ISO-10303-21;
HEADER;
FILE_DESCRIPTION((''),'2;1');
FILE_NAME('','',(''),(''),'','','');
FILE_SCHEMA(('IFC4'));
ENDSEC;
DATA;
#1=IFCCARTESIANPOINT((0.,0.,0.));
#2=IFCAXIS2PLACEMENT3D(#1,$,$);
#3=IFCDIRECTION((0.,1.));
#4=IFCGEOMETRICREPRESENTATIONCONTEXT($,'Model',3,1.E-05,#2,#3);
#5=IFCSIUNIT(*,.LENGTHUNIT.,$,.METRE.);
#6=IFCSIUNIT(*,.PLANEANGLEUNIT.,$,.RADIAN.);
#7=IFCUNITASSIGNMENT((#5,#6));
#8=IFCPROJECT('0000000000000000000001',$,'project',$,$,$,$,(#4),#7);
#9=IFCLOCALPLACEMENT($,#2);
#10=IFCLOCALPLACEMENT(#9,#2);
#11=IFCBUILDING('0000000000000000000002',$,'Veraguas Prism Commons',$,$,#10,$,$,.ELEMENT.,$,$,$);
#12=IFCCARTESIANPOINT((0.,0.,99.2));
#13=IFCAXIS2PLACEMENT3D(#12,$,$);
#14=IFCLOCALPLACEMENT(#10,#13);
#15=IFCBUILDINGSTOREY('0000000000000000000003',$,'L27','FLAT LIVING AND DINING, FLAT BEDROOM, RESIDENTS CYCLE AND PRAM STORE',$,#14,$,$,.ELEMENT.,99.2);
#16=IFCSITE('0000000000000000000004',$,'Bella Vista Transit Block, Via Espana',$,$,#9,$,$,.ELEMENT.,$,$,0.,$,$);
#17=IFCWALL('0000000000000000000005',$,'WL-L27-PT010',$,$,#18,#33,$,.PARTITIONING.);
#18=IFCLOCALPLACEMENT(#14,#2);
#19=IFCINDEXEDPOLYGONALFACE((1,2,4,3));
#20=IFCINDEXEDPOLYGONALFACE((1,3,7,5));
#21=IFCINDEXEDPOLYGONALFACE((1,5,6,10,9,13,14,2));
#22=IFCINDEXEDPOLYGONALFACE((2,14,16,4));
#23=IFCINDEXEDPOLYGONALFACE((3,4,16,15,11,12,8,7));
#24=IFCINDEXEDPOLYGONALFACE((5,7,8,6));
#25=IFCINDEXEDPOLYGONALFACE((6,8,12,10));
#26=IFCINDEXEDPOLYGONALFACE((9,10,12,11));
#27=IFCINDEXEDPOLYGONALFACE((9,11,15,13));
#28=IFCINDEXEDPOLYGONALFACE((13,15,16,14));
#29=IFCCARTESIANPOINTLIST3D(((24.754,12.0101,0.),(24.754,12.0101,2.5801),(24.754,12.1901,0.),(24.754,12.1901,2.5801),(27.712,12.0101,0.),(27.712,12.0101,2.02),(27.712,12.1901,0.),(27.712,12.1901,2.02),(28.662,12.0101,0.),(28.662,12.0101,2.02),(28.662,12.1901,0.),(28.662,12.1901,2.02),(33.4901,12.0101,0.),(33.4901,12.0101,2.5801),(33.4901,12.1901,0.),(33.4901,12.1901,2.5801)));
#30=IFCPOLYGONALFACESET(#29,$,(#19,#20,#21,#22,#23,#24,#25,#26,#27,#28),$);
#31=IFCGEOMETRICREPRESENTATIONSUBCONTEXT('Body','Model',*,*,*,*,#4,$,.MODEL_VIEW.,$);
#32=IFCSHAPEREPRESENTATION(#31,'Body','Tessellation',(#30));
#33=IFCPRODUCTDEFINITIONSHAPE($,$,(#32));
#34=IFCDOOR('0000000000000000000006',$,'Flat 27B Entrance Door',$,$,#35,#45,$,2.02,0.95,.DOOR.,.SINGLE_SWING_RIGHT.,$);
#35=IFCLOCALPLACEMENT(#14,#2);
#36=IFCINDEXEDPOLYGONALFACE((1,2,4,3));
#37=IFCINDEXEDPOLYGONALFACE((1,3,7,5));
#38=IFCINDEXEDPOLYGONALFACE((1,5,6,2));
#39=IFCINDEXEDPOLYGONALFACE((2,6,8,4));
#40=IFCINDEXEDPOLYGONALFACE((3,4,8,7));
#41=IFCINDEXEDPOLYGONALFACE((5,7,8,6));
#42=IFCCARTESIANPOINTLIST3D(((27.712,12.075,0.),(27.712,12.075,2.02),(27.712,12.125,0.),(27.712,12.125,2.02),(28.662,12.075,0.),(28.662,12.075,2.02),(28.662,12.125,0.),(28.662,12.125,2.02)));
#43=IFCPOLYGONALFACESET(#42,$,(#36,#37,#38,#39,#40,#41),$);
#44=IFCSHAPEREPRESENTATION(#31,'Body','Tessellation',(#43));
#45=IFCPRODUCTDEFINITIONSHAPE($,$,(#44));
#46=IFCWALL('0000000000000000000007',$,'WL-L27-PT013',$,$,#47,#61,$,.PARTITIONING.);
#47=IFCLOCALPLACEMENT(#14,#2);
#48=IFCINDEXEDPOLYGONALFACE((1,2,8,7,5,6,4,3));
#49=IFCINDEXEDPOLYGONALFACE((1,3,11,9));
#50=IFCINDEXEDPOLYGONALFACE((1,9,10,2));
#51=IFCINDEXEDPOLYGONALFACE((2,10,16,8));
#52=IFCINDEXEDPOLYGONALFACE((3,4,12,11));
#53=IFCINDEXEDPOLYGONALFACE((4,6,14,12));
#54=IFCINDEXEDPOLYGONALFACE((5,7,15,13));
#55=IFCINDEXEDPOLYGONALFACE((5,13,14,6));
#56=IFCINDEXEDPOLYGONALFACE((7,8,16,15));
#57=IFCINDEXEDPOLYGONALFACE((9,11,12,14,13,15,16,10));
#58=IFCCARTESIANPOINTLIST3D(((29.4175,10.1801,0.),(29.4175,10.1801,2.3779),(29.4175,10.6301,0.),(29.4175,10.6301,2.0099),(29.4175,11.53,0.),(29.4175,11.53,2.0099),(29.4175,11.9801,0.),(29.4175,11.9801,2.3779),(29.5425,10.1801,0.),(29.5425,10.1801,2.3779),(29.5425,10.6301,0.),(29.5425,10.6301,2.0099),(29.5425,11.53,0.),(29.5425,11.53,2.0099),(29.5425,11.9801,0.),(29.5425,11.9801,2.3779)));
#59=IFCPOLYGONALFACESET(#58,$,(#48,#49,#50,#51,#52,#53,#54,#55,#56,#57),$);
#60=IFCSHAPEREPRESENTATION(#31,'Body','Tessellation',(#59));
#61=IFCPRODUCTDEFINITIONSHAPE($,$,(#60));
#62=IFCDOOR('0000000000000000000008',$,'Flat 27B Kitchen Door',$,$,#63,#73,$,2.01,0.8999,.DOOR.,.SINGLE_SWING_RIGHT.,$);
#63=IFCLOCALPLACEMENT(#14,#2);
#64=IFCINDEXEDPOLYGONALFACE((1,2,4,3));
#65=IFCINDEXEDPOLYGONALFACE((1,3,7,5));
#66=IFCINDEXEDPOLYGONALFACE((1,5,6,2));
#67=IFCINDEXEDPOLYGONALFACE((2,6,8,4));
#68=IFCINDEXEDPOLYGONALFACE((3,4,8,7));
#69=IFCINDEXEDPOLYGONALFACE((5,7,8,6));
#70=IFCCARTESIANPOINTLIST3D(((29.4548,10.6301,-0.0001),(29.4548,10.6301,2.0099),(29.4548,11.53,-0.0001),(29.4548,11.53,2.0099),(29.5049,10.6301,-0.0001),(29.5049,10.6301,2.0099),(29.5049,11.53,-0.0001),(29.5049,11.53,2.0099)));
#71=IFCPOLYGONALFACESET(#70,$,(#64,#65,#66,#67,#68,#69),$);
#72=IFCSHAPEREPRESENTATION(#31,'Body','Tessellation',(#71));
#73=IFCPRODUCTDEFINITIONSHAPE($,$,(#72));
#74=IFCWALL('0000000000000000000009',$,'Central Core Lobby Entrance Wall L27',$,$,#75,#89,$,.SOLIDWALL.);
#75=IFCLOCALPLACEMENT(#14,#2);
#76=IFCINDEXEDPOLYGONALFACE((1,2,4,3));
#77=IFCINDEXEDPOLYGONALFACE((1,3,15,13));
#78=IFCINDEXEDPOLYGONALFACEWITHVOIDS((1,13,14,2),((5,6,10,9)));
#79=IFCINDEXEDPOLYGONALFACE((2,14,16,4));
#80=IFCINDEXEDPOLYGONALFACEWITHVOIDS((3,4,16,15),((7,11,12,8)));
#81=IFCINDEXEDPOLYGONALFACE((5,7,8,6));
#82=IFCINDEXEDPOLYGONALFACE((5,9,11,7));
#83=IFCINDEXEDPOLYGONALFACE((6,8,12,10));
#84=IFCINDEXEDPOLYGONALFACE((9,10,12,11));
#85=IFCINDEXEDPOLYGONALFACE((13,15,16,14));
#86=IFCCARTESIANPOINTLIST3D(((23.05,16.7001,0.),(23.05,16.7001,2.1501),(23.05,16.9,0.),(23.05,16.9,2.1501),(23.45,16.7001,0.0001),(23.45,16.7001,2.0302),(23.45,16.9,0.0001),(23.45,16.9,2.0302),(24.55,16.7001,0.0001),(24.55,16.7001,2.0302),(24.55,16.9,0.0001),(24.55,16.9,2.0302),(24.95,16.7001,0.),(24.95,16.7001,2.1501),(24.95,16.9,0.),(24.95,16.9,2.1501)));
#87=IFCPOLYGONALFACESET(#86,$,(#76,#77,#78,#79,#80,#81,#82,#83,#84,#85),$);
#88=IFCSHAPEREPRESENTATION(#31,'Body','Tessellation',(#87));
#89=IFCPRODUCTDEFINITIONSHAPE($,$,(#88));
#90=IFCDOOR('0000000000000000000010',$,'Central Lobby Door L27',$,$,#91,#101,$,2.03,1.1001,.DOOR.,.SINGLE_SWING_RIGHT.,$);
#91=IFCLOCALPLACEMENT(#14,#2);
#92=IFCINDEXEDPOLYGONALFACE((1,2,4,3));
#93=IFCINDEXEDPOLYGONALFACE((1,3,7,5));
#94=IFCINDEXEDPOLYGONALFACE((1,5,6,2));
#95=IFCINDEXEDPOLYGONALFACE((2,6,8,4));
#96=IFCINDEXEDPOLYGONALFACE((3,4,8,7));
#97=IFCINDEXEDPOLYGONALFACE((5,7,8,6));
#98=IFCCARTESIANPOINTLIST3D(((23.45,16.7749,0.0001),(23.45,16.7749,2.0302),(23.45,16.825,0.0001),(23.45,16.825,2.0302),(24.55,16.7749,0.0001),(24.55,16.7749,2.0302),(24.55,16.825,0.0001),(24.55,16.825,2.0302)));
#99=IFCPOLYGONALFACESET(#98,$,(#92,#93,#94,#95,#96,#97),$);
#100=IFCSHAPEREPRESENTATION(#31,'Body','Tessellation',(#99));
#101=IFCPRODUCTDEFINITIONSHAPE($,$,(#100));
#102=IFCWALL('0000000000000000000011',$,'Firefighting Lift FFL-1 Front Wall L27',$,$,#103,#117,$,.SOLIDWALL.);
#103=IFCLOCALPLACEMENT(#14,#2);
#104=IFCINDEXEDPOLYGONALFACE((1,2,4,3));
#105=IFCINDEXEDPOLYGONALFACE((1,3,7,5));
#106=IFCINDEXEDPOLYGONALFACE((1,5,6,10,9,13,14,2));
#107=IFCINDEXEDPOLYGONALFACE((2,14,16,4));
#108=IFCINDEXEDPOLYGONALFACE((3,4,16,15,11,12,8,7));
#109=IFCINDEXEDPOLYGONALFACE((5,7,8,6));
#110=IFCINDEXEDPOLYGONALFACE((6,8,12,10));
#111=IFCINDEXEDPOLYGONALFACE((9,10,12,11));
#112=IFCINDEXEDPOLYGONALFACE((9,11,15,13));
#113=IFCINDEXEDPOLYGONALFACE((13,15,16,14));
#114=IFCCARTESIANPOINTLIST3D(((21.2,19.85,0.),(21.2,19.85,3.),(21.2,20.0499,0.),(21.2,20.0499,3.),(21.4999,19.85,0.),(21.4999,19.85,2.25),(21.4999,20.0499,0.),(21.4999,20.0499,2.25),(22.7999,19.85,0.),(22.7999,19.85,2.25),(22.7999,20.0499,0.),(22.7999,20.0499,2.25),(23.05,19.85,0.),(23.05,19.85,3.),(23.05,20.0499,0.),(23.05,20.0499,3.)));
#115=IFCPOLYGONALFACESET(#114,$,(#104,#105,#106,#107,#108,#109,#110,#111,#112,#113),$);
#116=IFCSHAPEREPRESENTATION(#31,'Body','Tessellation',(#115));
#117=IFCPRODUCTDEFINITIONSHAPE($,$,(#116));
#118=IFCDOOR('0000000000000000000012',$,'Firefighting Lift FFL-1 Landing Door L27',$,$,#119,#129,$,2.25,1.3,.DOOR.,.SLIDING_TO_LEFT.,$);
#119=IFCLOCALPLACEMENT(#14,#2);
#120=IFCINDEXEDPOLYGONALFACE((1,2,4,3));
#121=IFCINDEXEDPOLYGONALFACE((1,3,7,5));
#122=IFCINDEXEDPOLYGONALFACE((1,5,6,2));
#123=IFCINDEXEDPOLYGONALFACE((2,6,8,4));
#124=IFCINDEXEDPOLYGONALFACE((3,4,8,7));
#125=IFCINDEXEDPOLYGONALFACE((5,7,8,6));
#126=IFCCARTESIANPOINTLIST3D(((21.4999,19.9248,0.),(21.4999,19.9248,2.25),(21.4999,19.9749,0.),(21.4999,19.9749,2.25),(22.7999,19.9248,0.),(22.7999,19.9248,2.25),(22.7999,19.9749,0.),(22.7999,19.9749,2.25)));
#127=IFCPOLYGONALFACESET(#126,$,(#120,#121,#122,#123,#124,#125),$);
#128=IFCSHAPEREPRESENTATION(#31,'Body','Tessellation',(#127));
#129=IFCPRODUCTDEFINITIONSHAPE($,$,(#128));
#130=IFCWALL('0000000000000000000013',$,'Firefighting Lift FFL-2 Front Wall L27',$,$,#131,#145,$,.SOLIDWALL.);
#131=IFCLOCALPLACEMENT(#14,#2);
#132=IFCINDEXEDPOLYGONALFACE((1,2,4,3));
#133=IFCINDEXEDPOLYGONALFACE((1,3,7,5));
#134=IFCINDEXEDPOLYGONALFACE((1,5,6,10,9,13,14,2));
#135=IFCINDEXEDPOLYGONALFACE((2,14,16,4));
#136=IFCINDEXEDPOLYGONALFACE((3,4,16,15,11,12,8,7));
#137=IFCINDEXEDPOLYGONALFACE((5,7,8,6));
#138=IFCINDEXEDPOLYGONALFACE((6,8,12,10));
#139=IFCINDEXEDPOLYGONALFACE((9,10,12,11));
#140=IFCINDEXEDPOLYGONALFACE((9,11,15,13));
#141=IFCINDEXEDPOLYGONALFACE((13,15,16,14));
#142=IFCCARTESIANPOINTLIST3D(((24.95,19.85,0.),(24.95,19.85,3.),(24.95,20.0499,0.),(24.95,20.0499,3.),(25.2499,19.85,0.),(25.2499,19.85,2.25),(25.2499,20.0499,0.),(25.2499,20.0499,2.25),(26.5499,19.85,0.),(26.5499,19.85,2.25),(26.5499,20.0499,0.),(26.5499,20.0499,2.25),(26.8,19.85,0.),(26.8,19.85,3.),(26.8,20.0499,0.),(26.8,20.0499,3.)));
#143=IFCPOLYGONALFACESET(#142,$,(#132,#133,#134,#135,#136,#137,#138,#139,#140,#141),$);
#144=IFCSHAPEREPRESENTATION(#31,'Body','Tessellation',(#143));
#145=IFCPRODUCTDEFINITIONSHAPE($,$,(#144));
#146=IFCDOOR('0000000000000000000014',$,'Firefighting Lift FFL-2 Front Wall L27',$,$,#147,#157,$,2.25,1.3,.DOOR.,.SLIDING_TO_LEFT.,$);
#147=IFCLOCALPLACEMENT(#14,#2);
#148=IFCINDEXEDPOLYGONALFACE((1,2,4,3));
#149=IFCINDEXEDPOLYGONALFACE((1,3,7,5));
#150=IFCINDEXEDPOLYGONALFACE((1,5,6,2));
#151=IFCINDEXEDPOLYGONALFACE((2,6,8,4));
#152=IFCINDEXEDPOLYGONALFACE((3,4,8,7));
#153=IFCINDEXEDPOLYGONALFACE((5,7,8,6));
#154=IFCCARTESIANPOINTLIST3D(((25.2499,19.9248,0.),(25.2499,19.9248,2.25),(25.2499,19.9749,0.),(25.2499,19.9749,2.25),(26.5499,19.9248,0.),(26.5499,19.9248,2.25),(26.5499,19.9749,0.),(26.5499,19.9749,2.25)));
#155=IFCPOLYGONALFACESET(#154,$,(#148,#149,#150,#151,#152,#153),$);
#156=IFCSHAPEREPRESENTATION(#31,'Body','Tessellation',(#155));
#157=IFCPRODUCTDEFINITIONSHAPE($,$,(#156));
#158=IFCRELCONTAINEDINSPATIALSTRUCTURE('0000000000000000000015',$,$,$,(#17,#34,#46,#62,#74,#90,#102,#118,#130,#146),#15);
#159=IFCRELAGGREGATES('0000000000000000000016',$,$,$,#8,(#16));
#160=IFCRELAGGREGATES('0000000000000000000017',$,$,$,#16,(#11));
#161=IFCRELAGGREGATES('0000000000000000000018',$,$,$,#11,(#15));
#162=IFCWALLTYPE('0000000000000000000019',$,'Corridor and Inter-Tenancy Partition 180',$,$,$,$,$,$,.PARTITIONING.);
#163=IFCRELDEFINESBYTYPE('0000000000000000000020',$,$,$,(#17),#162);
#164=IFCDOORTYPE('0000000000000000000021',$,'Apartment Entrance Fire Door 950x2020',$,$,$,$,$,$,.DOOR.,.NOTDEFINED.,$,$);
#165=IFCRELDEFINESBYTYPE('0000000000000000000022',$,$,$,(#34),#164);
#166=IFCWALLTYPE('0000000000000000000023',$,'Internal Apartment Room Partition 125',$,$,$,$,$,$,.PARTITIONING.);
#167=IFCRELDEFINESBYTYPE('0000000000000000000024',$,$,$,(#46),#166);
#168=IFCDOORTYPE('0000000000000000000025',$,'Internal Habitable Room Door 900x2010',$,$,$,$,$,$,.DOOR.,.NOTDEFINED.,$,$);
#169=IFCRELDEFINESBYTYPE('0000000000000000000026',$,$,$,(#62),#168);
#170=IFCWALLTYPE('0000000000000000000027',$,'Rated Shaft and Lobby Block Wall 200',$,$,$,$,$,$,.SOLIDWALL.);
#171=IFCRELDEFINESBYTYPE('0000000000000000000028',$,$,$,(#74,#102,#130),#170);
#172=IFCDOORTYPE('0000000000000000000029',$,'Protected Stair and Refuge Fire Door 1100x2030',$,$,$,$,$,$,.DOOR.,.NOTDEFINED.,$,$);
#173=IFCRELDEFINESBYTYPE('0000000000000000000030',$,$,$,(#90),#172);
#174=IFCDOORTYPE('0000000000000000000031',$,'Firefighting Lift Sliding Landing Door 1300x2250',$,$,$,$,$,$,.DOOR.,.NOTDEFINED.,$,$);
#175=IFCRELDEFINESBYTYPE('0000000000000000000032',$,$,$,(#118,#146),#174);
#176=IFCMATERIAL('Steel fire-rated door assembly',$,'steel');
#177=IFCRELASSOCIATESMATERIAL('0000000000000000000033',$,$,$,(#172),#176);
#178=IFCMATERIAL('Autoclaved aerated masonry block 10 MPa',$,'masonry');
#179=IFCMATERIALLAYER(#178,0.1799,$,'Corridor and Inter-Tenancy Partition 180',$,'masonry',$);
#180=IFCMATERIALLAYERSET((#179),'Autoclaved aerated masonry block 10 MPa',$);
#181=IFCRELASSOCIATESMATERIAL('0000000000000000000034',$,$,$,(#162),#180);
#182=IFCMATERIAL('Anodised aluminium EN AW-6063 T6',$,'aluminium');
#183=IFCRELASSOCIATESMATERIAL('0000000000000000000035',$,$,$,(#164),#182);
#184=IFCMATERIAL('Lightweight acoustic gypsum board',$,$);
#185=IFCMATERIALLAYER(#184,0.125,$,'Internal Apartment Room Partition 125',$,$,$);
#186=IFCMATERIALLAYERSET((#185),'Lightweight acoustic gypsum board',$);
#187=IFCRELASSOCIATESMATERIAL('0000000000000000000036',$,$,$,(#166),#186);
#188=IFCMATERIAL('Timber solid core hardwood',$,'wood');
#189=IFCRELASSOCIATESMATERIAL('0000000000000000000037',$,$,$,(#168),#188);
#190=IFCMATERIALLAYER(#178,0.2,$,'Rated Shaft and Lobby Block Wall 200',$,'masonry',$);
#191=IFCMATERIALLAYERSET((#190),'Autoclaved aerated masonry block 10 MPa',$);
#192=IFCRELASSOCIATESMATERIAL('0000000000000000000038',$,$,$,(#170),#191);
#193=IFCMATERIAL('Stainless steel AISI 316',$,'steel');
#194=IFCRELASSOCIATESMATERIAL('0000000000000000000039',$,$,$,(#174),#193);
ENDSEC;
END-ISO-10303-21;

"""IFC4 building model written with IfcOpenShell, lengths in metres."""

from ifc_helpers import new_model, si_unit, direction, frame, frame_2d, origin, place, context, subcontext, project, spatial, rectangle, extrude, source, transform, mapped, material, layer, layer_set, type_object, element, fill, save


model = new_model("IFC4")

# Units and contexts
model_context = context("Model", 3, precision=1e-05, world=origin(), true_north=direction((0.0, 1.0)))
body_context = subcontext(model_context, "Body", "Model", "MODEL_VIEW")
ifc_project = project(units=[si_unit("LENGTHUNIT", "METRE"), si_unit("PLANEANGLEUNIT", "RADIAN")], contexts=[model_context])

# Site, building, storey
site_placement = place(None, origin())
site = spatial("IfcSite", under=ifc_project, at=site_placement, Name="Bella Vista Transit Block, Via Espana", CompositionType="ELEMENT", RefElevation=0.0)
building_placement = place(site_placement, origin())
building = spatial("IfcBuilding", under=site, at=building_placement, Name="Veraguas Prism Commons", CompositionType="ELEMENT")
storey_placement = place(building_placement, frame((0.0, 0.0, 99.2)))
storey = spatial("IfcBuildingStorey", under=building, at=storey_placement, Name="L27", Description="FLAT LIVING AND DINING, FLAT BEDROOM, RESIDENTS CYCLE AND PRAM STORE", CompositionType="ELEMENT", Elevation=99.2)

# Shared definitions
ifc_material_1 = material(Name="Steel fire-rated door assembly", Category="steel")
door_type_1 = type_object("IfcDoorType", Name="Protected Stair and Refuge Fire Door 1100x2030", OperationType="NOTDEFINED", PredefinedType="DOOR", material=ifc_material_1)
shared_shape_1 = source(origin(), body_context, "Body", "SweptSolid", [
    extrude(rectangle(XDim=1.1001, YDim=2.03, at=frame_2d((0.55, 1.0151))), frame((0.0, 0.0249, 0.0), z_axis=(0.0, -1.0, 0.0), x_axis=(1.0, 0.0, 0.0)), (0.0, 0.0, 1.0), 0.05),
])

# Shared definitions
ifc_material_2 = material(Name="Autoclaved aerated masonry block 10 MPa", Category="masonry")
ifc_layer_1 = layer(ifc_material_2, 0.1799, Name="Corridor and Inter-Tenancy Partition 180", Category="masonry")
ifc_layer_set_1 = layer_set([ifc_layer_1], Name="Autoclaved aerated masonry block 10 MPa")
wall_type_1 = type_object("IfcWallType", Name="Corridor and Inter-Tenancy Partition 180", PredefinedType="PARTITIONING", material=ifc_layer_set_1)

# Walls, openings, doors
wall_1_placement = place(storey_placement, frame((24.7539, 12.1001, 0.0), z_axis=(0.0, 0.0, 1.0), x_axis=(1.0, 0.0, 0.0)))
wall_1 = element("IfcWall", 1, at=wall_1_placement, inside=storey, type_object=wall_type_1, Name="WL-L27-PT010", PredefinedType="PARTITIONING", context=body_context, shape_type="SweptSolid", body=[
    extrude(rectangle(XDim=8.7361, YDim=0.1799, at=frame_2d((4.3682, 0.0))), origin(), (0.0, 0.0, 1.0), 2.5801),
])
opening_1_placement = place(wall_1_placement, frame((2.958, 0.0, 0.0)))
opening_1 = element("IfcOpeningElement", 2, at=opening_1_placement, cuts=wall_1, PredefinedType="OPENING", context=body_context, shape_type="SweptSolid", body=[
    extrude(rectangle(XDim=0.95, YDim=2.02, at=frame_2d((0.4751, 1.01))), frame((0.0, 0.0999, 0.0), z_axis=(0.0, -1.0, 0.0), x_axis=(1.0, 0.0, 0.0)), (0.0, 0.0, 1.0), 0.2),
])
ifc_material_3 = material(Name="Anodised aluminium EN AW-6063 T6", Category="aluminium")
door_type_2 = type_object("IfcDoorType", Name="Apartment Entrance Fire Door 950x2020", OperationType="NOTDEFINED", PredefinedType="DOOR", material=ifc_material_3)
shared_shape_2 = source(origin(), body_context, "Body", "SweptSolid", [
    extrude(rectangle(XDim=0.95, YDim=2.02, at=frame_2d((0.4751, 1.01))), frame((0.0, 0.0249, 0.0), z_axis=(0.0, -1.0, 0.0), x_axis=(1.0, 0.0, 0.0)), (0.0, 0.0, 1.0), 0.05),
])
door_1_placement = place(opening_1_placement, origin())
door_1 = element("IfcDoor", 3, at=door_1_placement, inside=storey, type_object=door_type_2, Name="Flat 27B Entrance Door", OperationType="SINGLE_SWING_RIGHT", OverallHeight=2.02, OverallWidth=0.95, PredefinedType="DOOR", context=body_context, shape_type="MappedRepresentation", body=[
    mapped(shared_shape_2, transform((0.0, 0.0, 0.0), scale=1.0)),
])
fill(opening_1, door_1)
ifc_material_4 = material(Name="Lightweight acoustic gypsum board")
ifc_layer_2 = layer(ifc_material_4, 0.125, Name="Internal Apartment Room Partition 125")
ifc_layer_set_2 = layer_set([ifc_layer_2], Name="Lightweight acoustic gypsum board")
wall_type_2 = type_object("IfcWallType", Name="Internal Apartment Room Partition 125", PredefinedType="PARTITIONING", material=ifc_layer_set_2)
wall_2_placement = place(storey_placement, frame((29.48, 11.98, 0.0), z_axis=(0.0, 0.0, 1.0), x_axis=(0.0, -1.0, 0.0)))
wall_2 = element("IfcWall", 4, at=wall_2_placement, inside=storey, type_object=wall_type_2, Name="WL-L27-PT013", PredefinedType="PARTITIONING", context=body_context, shape_type="SweptSolid", body=[
    extrude(rectangle(XDim=1.8, YDim=0.125, at=frame_2d((0.8999, 0.0))), origin(), (0.0, 0.0, 1.0), 2.3779),
])
opening_2_placement = place(wall_2_placement, frame((0.45, 0.0, 0.0)))
opening_2 = element("IfcOpeningElement", 5, at=opening_2_placement, cuts=wall_2, PredefinedType="OPENING", context=body_context, shape_type="SweptSolid", body=[
    extrude(rectangle(XDim=0.8999, YDim=2.01, at=frame_2d((0.45, 1.0049))), frame((0.0, 0.0725, 0.0), z_axis=(0.0, -1.0, 0.0), x_axis=(1.0, 0.0, 0.0)), (0.0, 0.0, 1.0), 0.145),
])
ifc_material_5 = material(Name="Timber solid core hardwood", Category="wood")
door_type_3 = type_object("IfcDoorType", Name="Internal Habitable Room Door 900x2010", OperationType="NOTDEFINED", PredefinedType="DOOR", material=ifc_material_5)
shared_shape_3 = source(origin(), body_context, "Body", "SweptSolid", [
    extrude(rectangle(XDim=0.8999, YDim=2.01, at=frame_2d((0.45, 1.0049))), frame((0.0, 0.0249, 0.0), z_axis=(0.0, -1.0, 0.0), x_axis=(1.0, 0.0, 0.0)), (0.0, 0.0, 1.0), 0.05),
])
door_2_placement = place(opening_2_placement, origin())
door_2 = element("IfcDoor", 6, at=door_2_placement, inside=storey, type_object=door_type_3, Name="Flat 27B Kitchen Door", OperationType="SINGLE_SWING_RIGHT", OverallHeight=2.01, OverallWidth=0.8999, PredefinedType="DOOR", context=body_context, shape_type="MappedRepresentation", body=[
    mapped(shared_shape_3, transform((0.0, 0.0, 0.0), scale=1.0)),
])
fill(opening_2, door_2)
ifc_layer_3 = layer(ifc_material_2, 0.2, Name="Rated Shaft and Lobby Block Wall 200", Category="masonry")
ifc_layer_set_3 = layer_set([ifc_layer_3], Name="Autoclaved aerated masonry block 10 MPa")
wall_type_3 = type_object("IfcWallType", Name="Rated Shaft and Lobby Block Wall 200", PredefinedType="SOLIDWALL", material=ifc_layer_set_3)
wall_3_placement = place(storey_placement, frame((23.05, 16.8, 0.0), z_axis=(0.0, 0.0, 1.0), x_axis=(1.0, 0.0, 0.0)))
wall_3 = element("IfcWall", 7, at=wall_3_placement, inside=storey, type_object=wall_type_3, Name="Central Core Lobby Entrance Wall L27", PredefinedType="SOLIDWALL", context=body_context, shape_type="SweptSolid", body=[
    extrude(rectangle(XDim=1.8999, YDim=0.2, at=frame_2d((0.95, 0.0))), origin(), (0.0, 0.0, 1.0), 2.1501),
])
opening_3_placement = place(wall_3_placement, frame((0.3999, 0.0, 0.0)))
opening_3 = element("IfcOpeningElement", 8, at=opening_3_placement, cuts=wall_3, PredefinedType="OPENING", context=body_context, shape_type="SweptSolid", body=[
    extrude(rectangle(XDim=1.1001, YDim=2.03, at=frame_2d((0.55, 1.0151))), frame((0.0, 0.1099, 0.0), z_axis=(0.0, -1.0, 0.0), x_axis=(1.0, 0.0, 0.0)), (0.0, 0.0, 1.0), 0.22),
])
door_3_placement = place(opening_3_placement, origin())
door_3 = element("IfcDoor", 9, at=door_3_placement, inside=storey, type_object=door_type_1, Name="Central Lobby Door L27", OperationType="SINGLE_SWING_RIGHT", OverallHeight=2.03, OverallWidth=1.1001, PredefinedType="DOOR", context=body_context, shape_type="MappedRepresentation", body=[
    mapped(shared_shape_1, transform((0.0, 0.0, 0.0), scale=1.0)),
])
fill(opening_3, door_3)
wall_4_placement = place(storey_placement, frame((21.2, 19.95, 0.0), z_axis=(0.0, 0.0, 1.0), x_axis=(1.0, 0.0, 0.0)))
wall_4 = element("IfcWall", 10, at=wall_4_placement, inside=storey, type_object=wall_type_3, Name="Firefighting Lift FFL-1 Front Wall L27", PredefinedType="SOLIDWALL", context=body_context, shape_type="SweptSolid", body=[
    extrude(rectangle(XDim=1.8501, YDim=0.2, at=frame_2d((0.925, 0.0))), origin(), (0.0, 0.0, 1.0), 3.0),
])
opening_4_placement = place(wall_4_placement, frame((0.3, 0.0, 0.0)))
opening_4 = element("IfcOpeningElement", 11, at=opening_4_placement, cuts=wall_4, PredefinedType="OPENING", context=body_context, shape_type="SweptSolid", body=[
    extrude(rectangle(XDim=1.3, YDim=2.25, at=frame_2d((0.6499, 1.125))), frame((0.0, 0.1099, 0.0), z_axis=(0.0, -1.0, 0.0), x_axis=(1.0, 0.0, 0.0)), (0.0, 0.0, 1.0), 0.22),
])
ifc_material_6 = material(Name="Stainless steel AISI 316", Category="steel")
door_type_4 = type_object("IfcDoorType", Name="Firefighting Lift Sliding Landing Door 1300x2250", OperationType="NOTDEFINED", PredefinedType="DOOR", material=ifc_material_6)
shared_shape_4 = source(origin(), body_context, "Body", "SweptSolid", [
    extrude(rectangle(XDim=1.3, YDim=2.25, at=frame_2d((0.6499, 1.125))), frame((0.0, 0.0249, 0.0), z_axis=(0.0, -1.0, 0.0), x_axis=(1.0, 0.0, 0.0)), (0.0, 0.0, 1.0), 0.05),
])
door_4_placement = place(opening_4_placement, origin())
door_4 = element("IfcDoor", 12, at=door_4_placement, inside=storey, type_object=door_type_4, Name="Firefighting Lift FFL-1 Landing Door L27", OperationType="SLIDING_TO_LEFT", OverallHeight=2.25, OverallWidth=1.3, PredefinedType="DOOR", context=body_context, shape_type="MappedRepresentation", body=[
    mapped(shared_shape_4, transform((0.0, 0.0, 0.0), scale=1.0)),
])
fill(opening_4, door_4)
wall_5_placement = place(storey_placement, frame((24.95, 19.95, 0.0), z_axis=(0.0, 0.0, 1.0), x_axis=(1.0, 0.0, 0.0)))
wall_5 = element("IfcWall", 13, at=wall_5_placement, inside=storey, type_object=wall_type_3, Name="Firefighting Lift FFL-2 Front Wall L27", PredefinedType="SOLIDWALL", context=body_context, shape_type="SweptSolid", body=[
    extrude(rectangle(XDim=1.8501, YDim=0.2, at=frame_2d((0.925, 0.0))), origin(), (0.0, 0.0, 1.0), 3.0),
])
opening_5_placement = place(wall_5_placement, frame((0.3, 0.0, 0.0)))
opening_5 = element("IfcOpeningElement", 14, at=opening_5_placement, cuts=wall_5, PredefinedType="OPENING", context=body_context, shape_type="SweptSolid", body=[
    extrude(rectangle(XDim=1.3, YDim=2.25, at=frame_2d((0.6499, 1.125))), frame((0.0, 0.1099, 0.0), z_axis=(0.0, -1.0, 0.0), x_axis=(1.0, 0.0, 0.0)), (0.0, 0.0, 1.0), 0.22),
])
door_5_placement = place(opening_5_placement, origin())
door_5 = element("IfcDoor", 15, at=door_5_placement, inside=storey, type_object=door_type_4, Name="Firefighting Lift FFL-2 Front Wall L27", OperationType="SLIDING_TO_LEFT", OverallHeight=2.25, OverallWidth=1.3, PredefinedType="DOOR", context=body_context, shape_type="MappedRepresentation", body=[
    mapped(shared_shape_4, transform((0.0, 0.0, 0.0), scale=1.0)),
])
fill(opening_5, door_5)

save(model, "model.ifc")
